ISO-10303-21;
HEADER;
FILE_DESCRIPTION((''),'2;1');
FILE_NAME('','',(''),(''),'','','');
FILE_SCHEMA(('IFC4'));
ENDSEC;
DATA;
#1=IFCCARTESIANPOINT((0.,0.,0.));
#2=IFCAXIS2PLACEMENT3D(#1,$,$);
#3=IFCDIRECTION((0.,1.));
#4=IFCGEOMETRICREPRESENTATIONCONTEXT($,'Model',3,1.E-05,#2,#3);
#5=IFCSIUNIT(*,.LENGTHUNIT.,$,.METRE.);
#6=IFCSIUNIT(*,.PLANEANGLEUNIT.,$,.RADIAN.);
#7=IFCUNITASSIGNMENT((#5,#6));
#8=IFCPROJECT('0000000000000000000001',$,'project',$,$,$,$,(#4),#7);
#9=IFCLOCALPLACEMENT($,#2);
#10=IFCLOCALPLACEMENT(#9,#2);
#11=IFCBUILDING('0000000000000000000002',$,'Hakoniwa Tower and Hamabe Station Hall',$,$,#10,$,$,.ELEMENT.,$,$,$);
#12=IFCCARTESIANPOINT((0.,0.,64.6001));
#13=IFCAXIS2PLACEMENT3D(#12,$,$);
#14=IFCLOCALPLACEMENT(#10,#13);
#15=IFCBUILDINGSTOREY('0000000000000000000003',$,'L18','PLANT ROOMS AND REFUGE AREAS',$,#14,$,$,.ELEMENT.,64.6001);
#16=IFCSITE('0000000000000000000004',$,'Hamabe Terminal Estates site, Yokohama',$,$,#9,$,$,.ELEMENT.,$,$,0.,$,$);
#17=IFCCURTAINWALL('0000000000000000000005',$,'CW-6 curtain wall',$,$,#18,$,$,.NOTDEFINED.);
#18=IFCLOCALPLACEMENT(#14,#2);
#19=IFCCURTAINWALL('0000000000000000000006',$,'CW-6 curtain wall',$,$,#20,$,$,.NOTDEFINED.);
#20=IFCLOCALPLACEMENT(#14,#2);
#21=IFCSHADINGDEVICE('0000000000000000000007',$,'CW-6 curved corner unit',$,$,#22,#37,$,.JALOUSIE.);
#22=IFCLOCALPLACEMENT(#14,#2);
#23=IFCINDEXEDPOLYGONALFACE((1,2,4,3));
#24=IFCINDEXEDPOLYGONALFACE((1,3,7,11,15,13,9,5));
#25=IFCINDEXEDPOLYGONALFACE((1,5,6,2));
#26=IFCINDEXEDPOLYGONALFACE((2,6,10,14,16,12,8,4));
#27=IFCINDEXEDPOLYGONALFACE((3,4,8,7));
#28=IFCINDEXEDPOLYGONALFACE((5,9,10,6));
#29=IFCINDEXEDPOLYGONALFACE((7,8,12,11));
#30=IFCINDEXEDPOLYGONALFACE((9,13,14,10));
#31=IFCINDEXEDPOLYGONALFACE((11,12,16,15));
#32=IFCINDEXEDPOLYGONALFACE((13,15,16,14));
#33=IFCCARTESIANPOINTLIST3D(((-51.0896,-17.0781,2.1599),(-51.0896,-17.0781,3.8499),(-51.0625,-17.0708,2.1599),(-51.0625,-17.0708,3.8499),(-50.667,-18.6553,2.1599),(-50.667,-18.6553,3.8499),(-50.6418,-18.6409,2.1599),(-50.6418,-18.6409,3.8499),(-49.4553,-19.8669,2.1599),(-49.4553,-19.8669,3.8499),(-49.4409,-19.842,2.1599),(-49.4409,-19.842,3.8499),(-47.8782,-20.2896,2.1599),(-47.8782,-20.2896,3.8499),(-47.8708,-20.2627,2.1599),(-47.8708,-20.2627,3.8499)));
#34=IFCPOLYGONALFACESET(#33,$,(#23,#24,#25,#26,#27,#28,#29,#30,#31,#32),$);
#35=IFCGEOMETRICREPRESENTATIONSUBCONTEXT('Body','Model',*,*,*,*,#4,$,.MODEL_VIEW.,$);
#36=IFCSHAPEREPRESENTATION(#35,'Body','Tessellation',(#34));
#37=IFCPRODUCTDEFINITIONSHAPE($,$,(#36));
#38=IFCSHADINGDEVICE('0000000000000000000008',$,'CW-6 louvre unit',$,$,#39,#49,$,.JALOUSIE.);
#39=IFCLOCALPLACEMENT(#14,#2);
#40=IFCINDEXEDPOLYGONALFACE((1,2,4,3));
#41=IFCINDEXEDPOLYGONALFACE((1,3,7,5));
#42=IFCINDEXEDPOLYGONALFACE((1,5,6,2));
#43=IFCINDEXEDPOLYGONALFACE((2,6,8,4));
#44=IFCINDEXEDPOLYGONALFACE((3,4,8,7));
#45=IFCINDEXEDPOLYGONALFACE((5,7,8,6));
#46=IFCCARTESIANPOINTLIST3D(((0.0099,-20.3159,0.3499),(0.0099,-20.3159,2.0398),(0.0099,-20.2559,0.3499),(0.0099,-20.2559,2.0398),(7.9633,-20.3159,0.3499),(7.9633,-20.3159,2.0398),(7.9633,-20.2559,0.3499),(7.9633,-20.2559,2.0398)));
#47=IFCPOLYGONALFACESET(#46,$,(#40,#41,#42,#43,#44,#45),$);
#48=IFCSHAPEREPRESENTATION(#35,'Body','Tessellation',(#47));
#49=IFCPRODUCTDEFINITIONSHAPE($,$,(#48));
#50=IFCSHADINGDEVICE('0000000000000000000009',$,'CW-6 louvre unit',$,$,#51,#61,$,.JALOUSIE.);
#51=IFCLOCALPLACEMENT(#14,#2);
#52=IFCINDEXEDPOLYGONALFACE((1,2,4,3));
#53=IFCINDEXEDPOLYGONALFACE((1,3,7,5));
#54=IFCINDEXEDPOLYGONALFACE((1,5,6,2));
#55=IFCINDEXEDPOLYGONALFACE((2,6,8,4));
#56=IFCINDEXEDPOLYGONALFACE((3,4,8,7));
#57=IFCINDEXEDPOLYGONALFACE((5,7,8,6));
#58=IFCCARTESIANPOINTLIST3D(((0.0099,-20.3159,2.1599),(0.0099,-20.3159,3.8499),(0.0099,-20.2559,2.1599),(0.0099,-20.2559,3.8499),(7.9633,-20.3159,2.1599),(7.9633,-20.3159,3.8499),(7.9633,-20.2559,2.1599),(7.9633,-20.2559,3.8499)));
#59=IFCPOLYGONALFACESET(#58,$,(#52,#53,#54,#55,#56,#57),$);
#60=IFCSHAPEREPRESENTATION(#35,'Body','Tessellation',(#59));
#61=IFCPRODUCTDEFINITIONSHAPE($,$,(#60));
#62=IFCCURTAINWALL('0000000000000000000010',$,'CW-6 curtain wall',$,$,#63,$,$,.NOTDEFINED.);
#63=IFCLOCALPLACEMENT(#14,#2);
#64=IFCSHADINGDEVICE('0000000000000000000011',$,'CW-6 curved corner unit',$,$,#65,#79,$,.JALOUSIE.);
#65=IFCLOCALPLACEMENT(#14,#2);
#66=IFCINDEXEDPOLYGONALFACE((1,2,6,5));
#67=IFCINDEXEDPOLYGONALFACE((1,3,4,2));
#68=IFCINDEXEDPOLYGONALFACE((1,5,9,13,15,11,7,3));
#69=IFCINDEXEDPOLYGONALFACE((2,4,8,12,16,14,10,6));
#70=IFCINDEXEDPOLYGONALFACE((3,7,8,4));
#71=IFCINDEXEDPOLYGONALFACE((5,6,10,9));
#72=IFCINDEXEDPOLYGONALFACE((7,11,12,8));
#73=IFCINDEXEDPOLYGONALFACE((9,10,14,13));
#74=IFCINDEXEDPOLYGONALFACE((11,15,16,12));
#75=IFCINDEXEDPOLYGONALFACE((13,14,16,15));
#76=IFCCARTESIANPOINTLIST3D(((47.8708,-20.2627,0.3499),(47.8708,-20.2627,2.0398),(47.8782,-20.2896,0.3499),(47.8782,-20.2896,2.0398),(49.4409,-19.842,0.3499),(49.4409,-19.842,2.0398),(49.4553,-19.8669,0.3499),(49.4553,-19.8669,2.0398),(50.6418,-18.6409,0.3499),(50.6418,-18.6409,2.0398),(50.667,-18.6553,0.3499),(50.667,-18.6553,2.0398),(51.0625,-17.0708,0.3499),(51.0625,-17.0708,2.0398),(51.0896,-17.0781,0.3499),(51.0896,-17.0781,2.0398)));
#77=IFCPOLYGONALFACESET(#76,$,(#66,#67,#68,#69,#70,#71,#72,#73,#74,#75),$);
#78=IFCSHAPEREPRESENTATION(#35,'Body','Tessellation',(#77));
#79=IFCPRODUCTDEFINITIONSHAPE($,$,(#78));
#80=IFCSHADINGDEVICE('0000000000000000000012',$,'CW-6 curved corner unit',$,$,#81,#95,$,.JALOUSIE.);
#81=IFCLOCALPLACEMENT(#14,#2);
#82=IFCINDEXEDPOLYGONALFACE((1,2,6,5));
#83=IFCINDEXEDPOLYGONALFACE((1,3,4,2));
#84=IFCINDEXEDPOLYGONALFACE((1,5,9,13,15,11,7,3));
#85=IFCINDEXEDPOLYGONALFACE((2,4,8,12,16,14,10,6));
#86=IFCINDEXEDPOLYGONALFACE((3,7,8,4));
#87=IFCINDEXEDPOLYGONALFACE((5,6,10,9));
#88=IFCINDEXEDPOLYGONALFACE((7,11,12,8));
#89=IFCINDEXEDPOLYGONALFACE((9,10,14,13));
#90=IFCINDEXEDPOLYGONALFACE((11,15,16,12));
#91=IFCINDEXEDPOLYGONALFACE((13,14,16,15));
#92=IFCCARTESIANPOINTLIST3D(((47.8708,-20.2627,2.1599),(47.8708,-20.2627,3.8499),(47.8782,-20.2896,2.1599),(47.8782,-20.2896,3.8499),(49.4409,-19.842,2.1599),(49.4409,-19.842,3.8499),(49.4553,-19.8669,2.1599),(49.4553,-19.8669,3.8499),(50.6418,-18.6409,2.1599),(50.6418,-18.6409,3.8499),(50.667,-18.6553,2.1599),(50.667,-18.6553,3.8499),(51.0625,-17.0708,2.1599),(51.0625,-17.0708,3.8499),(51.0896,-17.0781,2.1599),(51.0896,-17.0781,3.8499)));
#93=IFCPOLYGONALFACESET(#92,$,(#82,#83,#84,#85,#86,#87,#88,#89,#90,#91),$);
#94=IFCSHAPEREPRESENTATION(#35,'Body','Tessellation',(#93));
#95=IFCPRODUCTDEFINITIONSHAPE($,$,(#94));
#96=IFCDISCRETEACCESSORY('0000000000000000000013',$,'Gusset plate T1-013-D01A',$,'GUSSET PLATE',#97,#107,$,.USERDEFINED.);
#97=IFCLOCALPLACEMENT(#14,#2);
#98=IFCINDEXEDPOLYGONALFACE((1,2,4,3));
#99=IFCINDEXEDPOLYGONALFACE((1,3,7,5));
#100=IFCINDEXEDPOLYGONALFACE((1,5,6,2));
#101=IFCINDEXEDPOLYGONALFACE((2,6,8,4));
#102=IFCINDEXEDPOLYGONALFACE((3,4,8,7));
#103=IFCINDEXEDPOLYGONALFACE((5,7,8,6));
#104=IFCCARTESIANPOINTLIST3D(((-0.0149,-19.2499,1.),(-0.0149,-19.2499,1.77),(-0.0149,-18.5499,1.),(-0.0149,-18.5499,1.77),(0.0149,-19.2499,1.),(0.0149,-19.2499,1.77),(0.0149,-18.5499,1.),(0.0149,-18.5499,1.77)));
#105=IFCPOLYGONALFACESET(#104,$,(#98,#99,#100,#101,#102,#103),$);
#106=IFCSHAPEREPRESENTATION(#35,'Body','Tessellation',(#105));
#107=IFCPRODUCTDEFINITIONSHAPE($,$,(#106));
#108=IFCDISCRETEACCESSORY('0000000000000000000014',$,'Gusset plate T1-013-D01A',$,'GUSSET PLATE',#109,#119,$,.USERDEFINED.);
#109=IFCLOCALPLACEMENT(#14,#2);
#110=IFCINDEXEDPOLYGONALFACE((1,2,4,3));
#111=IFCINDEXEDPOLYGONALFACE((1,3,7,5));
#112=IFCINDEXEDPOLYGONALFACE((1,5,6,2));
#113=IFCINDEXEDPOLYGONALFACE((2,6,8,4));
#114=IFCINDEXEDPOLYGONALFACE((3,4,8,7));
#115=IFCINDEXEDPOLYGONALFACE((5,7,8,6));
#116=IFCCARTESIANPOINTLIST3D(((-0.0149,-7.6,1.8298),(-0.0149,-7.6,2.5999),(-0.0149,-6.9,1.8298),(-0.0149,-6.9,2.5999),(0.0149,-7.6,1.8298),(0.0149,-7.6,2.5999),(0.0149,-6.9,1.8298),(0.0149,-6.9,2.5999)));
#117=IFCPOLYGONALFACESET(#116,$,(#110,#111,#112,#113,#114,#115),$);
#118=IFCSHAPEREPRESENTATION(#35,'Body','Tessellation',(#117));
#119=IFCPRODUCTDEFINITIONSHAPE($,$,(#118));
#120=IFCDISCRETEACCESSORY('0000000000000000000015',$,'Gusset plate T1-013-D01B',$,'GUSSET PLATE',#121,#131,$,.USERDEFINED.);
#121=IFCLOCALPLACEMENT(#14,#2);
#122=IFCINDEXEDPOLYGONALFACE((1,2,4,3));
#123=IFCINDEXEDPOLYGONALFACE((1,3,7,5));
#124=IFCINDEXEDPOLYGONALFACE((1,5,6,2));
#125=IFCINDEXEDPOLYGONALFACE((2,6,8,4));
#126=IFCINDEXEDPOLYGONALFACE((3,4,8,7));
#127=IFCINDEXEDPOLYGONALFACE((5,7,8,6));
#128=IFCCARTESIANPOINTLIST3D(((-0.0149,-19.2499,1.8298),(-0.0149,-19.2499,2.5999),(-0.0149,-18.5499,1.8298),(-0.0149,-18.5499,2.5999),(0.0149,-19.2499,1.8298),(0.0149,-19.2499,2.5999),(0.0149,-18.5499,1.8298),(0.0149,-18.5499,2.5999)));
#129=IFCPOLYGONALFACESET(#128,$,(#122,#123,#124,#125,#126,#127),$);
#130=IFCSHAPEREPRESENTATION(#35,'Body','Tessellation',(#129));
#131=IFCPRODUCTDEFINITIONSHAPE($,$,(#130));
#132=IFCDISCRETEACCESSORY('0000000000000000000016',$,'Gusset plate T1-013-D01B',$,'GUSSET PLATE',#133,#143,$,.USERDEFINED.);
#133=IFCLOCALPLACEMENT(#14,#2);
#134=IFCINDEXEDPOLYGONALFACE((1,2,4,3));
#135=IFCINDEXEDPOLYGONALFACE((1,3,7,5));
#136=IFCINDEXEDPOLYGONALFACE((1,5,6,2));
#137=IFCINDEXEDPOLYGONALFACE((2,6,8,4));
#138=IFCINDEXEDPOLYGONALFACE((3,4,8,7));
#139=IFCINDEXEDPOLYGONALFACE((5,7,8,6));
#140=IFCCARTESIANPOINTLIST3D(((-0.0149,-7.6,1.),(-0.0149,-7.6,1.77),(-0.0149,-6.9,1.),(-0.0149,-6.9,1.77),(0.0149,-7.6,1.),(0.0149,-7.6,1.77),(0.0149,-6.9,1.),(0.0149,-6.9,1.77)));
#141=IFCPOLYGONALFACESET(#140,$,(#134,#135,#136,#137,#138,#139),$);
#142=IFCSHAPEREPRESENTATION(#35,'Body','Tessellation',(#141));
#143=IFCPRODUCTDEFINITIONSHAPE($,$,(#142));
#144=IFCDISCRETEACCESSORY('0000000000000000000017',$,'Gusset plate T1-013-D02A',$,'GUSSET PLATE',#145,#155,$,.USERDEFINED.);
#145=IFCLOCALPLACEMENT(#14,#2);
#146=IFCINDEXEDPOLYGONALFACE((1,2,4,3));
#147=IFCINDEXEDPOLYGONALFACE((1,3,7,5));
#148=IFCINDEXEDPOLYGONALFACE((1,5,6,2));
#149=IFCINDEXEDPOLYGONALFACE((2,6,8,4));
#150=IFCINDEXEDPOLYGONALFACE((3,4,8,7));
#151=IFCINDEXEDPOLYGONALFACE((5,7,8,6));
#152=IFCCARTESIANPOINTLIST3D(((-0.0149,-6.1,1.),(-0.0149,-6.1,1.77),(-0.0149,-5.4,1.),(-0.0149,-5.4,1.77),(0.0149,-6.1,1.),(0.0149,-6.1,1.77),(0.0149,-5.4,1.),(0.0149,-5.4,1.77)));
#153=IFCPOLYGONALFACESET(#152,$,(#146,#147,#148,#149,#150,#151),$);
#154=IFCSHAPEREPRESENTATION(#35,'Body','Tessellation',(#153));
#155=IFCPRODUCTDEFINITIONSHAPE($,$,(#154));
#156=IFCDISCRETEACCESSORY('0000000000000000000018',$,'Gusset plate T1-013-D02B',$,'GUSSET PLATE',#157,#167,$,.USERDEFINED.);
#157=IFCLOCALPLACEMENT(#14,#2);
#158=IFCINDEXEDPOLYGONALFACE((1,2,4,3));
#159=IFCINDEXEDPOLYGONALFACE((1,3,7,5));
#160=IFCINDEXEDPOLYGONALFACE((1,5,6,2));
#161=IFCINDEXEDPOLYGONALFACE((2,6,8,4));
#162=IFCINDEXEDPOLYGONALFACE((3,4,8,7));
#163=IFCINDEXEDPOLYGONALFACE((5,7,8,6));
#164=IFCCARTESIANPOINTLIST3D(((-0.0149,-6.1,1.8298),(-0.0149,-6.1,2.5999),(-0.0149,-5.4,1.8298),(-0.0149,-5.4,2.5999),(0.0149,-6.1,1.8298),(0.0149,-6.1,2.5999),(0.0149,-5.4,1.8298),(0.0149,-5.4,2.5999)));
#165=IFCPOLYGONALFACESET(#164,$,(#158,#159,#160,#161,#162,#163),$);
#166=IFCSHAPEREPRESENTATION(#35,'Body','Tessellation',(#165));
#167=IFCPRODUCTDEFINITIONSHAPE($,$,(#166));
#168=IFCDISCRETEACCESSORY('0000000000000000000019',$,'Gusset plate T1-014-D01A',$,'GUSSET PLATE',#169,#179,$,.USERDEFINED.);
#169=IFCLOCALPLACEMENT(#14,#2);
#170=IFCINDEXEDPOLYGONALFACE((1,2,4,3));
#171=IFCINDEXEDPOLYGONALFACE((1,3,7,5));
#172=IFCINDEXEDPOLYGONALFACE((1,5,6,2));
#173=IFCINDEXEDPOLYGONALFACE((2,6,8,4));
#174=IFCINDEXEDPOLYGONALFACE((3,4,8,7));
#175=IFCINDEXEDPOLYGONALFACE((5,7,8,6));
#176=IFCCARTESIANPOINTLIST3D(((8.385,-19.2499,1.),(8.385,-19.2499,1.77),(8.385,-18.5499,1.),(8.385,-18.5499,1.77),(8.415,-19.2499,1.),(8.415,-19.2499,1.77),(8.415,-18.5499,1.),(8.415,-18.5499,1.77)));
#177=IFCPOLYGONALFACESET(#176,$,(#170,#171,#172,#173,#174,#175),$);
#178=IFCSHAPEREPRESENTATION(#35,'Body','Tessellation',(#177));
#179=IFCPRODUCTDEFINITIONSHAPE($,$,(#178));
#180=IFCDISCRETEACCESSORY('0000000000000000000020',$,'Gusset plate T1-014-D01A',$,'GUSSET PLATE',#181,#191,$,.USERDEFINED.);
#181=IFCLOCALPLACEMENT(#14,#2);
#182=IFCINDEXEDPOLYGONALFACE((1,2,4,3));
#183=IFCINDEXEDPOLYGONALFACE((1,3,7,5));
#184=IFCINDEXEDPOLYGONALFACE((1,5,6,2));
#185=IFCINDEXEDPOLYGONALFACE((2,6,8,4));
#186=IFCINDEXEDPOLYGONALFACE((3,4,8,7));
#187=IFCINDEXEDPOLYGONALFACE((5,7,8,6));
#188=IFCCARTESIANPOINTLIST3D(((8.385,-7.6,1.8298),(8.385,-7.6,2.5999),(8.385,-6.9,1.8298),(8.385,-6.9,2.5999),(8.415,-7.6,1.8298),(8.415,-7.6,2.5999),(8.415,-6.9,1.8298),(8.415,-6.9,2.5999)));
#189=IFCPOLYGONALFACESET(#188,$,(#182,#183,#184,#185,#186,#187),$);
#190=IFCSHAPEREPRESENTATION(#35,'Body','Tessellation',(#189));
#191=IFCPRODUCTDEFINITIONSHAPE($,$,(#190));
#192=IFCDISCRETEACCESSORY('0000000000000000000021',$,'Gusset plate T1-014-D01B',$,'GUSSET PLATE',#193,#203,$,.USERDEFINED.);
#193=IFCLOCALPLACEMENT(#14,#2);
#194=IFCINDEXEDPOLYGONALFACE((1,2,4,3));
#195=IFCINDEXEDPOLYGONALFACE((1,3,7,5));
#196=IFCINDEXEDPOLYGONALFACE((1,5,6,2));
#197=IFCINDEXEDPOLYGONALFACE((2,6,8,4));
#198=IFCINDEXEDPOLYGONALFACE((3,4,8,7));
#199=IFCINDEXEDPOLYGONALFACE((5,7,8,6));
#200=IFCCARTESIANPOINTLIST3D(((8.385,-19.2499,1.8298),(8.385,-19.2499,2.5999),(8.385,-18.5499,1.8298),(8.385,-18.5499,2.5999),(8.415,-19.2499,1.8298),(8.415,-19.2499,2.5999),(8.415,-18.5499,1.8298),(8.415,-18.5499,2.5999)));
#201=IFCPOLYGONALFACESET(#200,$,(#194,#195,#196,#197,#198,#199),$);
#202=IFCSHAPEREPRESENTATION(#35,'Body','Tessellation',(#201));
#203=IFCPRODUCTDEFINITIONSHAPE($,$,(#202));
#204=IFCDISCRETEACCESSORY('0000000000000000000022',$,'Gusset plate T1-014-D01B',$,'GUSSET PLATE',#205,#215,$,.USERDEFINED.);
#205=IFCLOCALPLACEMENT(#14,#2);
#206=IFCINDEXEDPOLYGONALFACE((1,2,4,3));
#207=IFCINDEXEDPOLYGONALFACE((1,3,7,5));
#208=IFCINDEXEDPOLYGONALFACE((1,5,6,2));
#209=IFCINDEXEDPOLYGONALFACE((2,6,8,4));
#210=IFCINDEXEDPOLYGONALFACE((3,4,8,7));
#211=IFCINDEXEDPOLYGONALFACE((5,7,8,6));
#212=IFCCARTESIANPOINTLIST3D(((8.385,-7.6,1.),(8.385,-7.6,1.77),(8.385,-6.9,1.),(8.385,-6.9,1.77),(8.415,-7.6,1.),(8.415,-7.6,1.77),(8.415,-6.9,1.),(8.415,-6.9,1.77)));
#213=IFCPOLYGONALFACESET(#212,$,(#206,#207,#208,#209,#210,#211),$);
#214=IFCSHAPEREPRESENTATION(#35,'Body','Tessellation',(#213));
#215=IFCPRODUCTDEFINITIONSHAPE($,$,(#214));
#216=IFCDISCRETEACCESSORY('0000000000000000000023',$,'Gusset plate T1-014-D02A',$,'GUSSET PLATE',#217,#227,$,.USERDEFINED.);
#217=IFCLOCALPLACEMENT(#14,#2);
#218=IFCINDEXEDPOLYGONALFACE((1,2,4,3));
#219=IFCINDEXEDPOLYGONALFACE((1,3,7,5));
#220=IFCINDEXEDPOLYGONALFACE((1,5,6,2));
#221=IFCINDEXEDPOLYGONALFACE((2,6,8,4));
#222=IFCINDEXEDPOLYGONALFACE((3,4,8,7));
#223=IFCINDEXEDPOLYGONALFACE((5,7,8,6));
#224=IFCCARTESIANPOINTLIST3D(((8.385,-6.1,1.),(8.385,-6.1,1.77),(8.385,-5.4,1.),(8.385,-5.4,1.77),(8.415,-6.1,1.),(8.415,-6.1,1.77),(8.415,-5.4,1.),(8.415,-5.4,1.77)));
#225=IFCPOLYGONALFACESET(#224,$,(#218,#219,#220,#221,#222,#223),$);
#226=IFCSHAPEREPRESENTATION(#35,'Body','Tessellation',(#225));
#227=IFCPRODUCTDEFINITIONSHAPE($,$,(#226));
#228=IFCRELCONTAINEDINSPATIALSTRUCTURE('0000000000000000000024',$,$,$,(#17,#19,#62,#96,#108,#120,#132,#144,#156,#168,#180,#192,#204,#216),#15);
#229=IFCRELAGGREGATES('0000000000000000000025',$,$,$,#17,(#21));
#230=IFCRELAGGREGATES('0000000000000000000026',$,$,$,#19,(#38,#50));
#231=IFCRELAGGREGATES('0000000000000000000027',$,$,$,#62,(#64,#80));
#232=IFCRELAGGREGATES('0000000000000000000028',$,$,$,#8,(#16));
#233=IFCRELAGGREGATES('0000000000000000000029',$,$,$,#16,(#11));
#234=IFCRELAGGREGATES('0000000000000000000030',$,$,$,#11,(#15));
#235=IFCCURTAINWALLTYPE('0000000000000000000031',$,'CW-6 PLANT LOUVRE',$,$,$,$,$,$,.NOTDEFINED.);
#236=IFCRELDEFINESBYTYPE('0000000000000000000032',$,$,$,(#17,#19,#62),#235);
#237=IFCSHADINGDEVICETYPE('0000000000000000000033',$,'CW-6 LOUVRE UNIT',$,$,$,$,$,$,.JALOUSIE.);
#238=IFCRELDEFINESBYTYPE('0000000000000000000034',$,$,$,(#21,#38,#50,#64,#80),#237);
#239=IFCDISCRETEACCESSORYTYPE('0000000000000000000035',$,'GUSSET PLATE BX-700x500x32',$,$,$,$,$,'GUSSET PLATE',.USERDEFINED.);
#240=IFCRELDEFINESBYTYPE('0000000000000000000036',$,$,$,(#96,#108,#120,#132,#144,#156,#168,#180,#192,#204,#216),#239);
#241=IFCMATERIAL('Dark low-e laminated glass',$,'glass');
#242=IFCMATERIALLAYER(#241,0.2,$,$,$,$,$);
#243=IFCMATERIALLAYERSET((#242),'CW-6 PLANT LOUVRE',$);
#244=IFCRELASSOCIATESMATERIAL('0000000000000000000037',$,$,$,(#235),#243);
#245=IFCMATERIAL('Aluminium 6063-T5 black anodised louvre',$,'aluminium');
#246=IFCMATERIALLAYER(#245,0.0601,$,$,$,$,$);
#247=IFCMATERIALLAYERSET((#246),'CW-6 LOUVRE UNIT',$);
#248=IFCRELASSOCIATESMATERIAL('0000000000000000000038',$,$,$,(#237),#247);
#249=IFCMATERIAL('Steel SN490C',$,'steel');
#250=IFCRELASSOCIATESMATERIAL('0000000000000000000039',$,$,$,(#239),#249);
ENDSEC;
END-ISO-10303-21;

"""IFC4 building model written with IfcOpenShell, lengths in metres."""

from ifc_helpers import new_model, si_unit, direction, frame, origin, origin_2d, place, context, subcontext, project, spatial, polyline, rectangle, outline, extrude, material, layer, layer_set, material_profile, profile_set, type_object, element, aggregate, save


model = new_model("IFC4")

# Units and contexts
model_context = context("Model", 3, precision=1e-05, world=origin(), true_north=direction((0.0, 1.0)))
body_context = subcontext(model_context, "Body", "Model", "MODEL_VIEW")
ifc_project = project(units=[si_unit("LENGTHUNIT", "METRE"), si_unit("PLANEANGLEUNIT", "RADIAN")], contexts=[model_context])

# Site, building, storey
site_placement = place(None, origin())
site = spatial("IfcSite", under=ifc_project, at=site_placement, Name="Hamabe Terminal Estates site, Yokohama", CompositionType="ELEMENT", RefElevation=0.0)
building_placement = place(site_placement, origin())
building = spatial("IfcBuilding", under=site, at=building_placement, Name="Hakoniwa Tower and Hamabe Station Hall", CompositionType="ELEMENT")
storey_placement = place(building_placement, frame((0.0, 0.0, 64.6001)))
storey = spatial("IfcBuildingStorey", under=building, at=storey_placement, Name="L18", Description="PLANT ROOMS AND REFUGE AREAS", CompositionType="ELEMENT", Elevation=64.6001)

# Curtain wall
ifc_material_1 = material(Name="Dark low-e laminated glass", Category="glass")
ifc_layer_1 = layer(ifc_material_1, 0.2)
ifc_layer_set_1 = layer_set([ifc_layer_1], Name="CW-6 PLANT LOUVRE")
curtain_wall_type = type_object("IfcCurtainWallType", Name="CW-6 PLANT LOUVRE", PredefinedType="NOTDEFINED", material=ifc_layer_set_1)
curtain_wall_1_placement = place(storey_placement, origin())
curtain_wall_1 = element("IfcCurtainWall", 1, at=curtain_wall_1_placement, inside=storey, type_object=curtain_wall_type, Name="CW-6 curtain wall", PredefinedType="NOTDEFINED")

# Curtain wall
curtain_wall_2_placement = place(storey_placement, origin())
curtain_wall_2 = element("IfcCurtainWall", 2, at=curtain_wall_2_placement, inside=storey, type_object=curtain_wall_type, Name="CW-6 curtain wall", PredefinedType="NOTDEFINED")

# Shading devices
ifc_material_2 = material(Name="Aluminium 6063-T5 black anodised louvre", Category="aluminium")
ifc_layer_2 = layer(ifc_material_2, 0.0601)
ifc_layer_set_2 = layer_set([ifc_layer_2], Name="CW-6 LOUVRE UNIT")
shading_device_type = type_object("IfcShadingDeviceType", Name="CW-6 LOUVRE UNIT", PredefinedType="JALOUSIE", material=ifc_layer_set_2)
shading_device_1_placement = place(storey_placement, frame((0.0, 0.0, 2.1599)))
shading_device_1 = element("IfcShadingDevice", 3, at=shading_device_1_placement, type_object=shading_device_type, Name="CW-6 curved corner unit", PredefinedType="JALOUSIE", context=body_context, shape_type="SweptSolid", body=[
    extrude(outline(polyline([(-51.0896, -17.0781), (-50.667, -18.6553), (-49.4553, -19.8669), (-47.8782, -20.2896), (-47.8708, -20.2627), (-49.4409, -19.842), (-50.6418, -18.6409), (-51.0625, -17.0708), (-51.0896, -17.0781)])), origin(), (0.0, 0.0, 1.0), 1.6899),
])
aggregate(curtain_wall_1, [shading_device_1])
shading_device_2_placement = place(storey_placement, frame((3.9866, -20.2859, 0.3499), z_axis=(0.0, 0.0, 1.0), x_axis=(1.0, 0.0, 0.0)))
shading_device_2 = element("IfcShadingDevice", 4, at=shading_device_2_placement, type_object=shading_device_type, Name="CW-6 louvre unit", PredefinedType="JALOUSIE", context=body_context, shape_type="SweptSolid", body=[
    extrude(rectangle(XDim=7.9534, YDim=0.0601, at=origin_2d()), origin(), (0.0, 0.0, 1.0), 1.6899),
])
shading_device_3_placement = place(storey_placement, frame((3.9866, -20.2859, 2.1599), z_axis=(0.0, 0.0, 1.0), x_axis=(1.0, 0.0, 0.0)))
shading_device_3 = element("IfcShadingDevice", 5, at=shading_device_3_placement, type_object=shading_device_type, Name="CW-6 louvre unit", PredefinedType="JALOUSIE", context=body_context, shape_type="SweptSolid", body=[
    extrude(rectangle(XDim=7.9534, YDim=0.0601, at=origin_2d()), origin(), (0.0, 0.0, 1.0), 1.6899),
])
aggregate(curtain_wall_2, [shading_device_2, shading_device_3])

# Curtain wall, shading devices
curtain_wall_3_placement = place(storey_placement, origin())
curtain_wall_3 = element("IfcCurtainWall", 6, at=curtain_wall_3_placement, inside=storey, type_object=curtain_wall_type, Name="CW-6 curtain wall", PredefinedType="NOTDEFINED")
shading_device_4_placement = place(storey_placement, frame((0.0, 0.0, 0.3499)))
shading_device_4 = element("IfcShadingDevice", 7, at=shading_device_4_placement, type_object=shading_device_type, Name="CW-6 curved corner unit", PredefinedType="JALOUSIE", context=body_context, shape_type="SweptSolid", body=[
    extrude(outline(polyline([(47.8782, -20.2896), (49.4553, -19.8669), (50.667, -18.6553), (51.0896, -17.0781), (51.0625, -17.0708), (50.6418, -18.6409), (49.4409, -19.842), (47.8708, -20.2627), (47.8782, -20.2896)])), origin(), (0.0, 0.0, 1.0), 1.6899),
])
shading_device_5_placement = place(storey_placement, frame((0.0, 0.0, 2.1599)))
shading_device_5 = element("IfcShadingDevice", 8, at=shading_device_5_placement, type_object=shading_device_type, Name="CW-6 curved corner unit", PredefinedType="JALOUSIE", context=body_context, shape_type="SweptSolid", body=[
    extrude(outline(polyline([(47.8782, -20.2896), (49.4553, -19.8669), (50.667, -18.6553), (51.0896, -17.0781), (51.0625, -17.0708), (50.6418, -18.6409), (49.4409, -19.842), (47.8708, -20.2627), (47.8782, -20.2896)])), origin(), (0.0, 0.0, 1.0), 1.6899),
])
aggregate(curtain_wall_3, [shading_device_4, shading_device_5])

# Discrete accessories
ifc_material_3 = material(Name="Steel SN490C", Category="steel")
ifc_material_profile_1 = material_profile(ifc_material_3, rectangle(XDim=0.7, YDim=0.77, at=origin_2d()), Name="GUSSET PLATE BX-700x500x32")
ifc_profile_set_1 = profile_set([ifc_material_profile_1], Name="Steel SN490C")
discrete_accessory_type = type_object("IfcDiscreteAccessoryType", Name="GUSSET PLATE BX-700x500x32", ElementType="GUSSET PLATE", PredefinedType="USERDEFINED", material=ifc_profile_set_1)
for number, where, z_axis, x_axis, name in (
    (9, (0.0149, -18.8999, 1.385), (-1.0, 0.0, 0.0), (0.0, -1.0, 0.0), "Gusset plate T1-013-D01A"),
    (10, (0.0149, -7.25, 2.2148), (-1.0, 0.0, 0.0), (0.0, -1.0, 0.0), "Gusset plate T1-013-D01A"),
    (11, (0.0149, -18.8999, 2.2148), (-1.0, 0.0, 0.0), (0.0, -1.0, 0.0), "Gusset plate T1-013-D01B"),
    (12, (0.0149, -7.25, 1.385), (-1.0, 0.0, 0.0), (0.0, -1.0, 0.0), "Gusset plate T1-013-D01B"),
    (13, (0.0149, -5.75, 1.385), (-1.0, 0.0, 0.0), (0.0, -1.0, 0.0), "Gusset plate T1-013-D02A"),
    (14, (0.0149, -5.75, 2.2148), (-1.0, 0.0, 0.0), (0.0, -1.0, 0.0), "Gusset plate T1-013-D02B"),
):
    element("IfcDiscreteAccessory", number, at=place(storey_placement, frame(where, z_axis=z_axis, x_axis=x_axis)), inside=storey, type_object=discrete_accessory_type, Name=name, ObjectType="GUSSET PLATE", PredefinedType="USERDEFINED", context=body_context, shape_type="SweptSolid", body=[
        extrude(rectangle(XDim=0.7, YDim=0.77, at=origin_2d()), origin(), (0.0, 0.0, 1.0), 0.0298),
    ])
for number, where, z_axis, x_axis, name in (
    (15, (8.415, -18.8999, 1.385), (-1.0, 0.0, 0.0), (0.0, -1.0, 0.0), "Gusset plate T1-014-D01A"),
    (16, (8.415, -7.25, 2.2148), (-1.0, 0.0, 0.0), (0.0, -1.0, 0.0), "Gusset plate T1-014-D01A"),
    (17, (8.415, -18.8999, 2.2148), (-1.0, 0.0, 0.0), (0.0, -1.0, 0.0), "Gusset plate T1-014-D01B"),
    (18, (8.415, -7.25, 1.385), (-1.0, 0.0, 0.0), (0.0, -1.0, 0.0), "Gusset plate T1-014-D01B"),
    (19, (8.415, -5.75, 1.385), (-1.0, 0.0, 0.0), (0.0, -1.0, 0.0), "Gusset plate T1-014-D02A"),
):
    element("IfcDiscreteAccessory", number, at=place(storey_placement, frame(where, z_axis=z_axis, x_axis=x_axis)), inside=storey, type_object=discrete_accessory_type, Name=name, ObjectType="GUSSET PLATE", PredefinedType="USERDEFINED", context=body_context, shape_type="SweptSolid", body=[
        extrude(rectangle(XDim=0.7, YDim=0.77, at=origin_2d()), origin(), (0.0, 0.0, 1.0), 0.03),
    ])

save(model, "model.ifc")
